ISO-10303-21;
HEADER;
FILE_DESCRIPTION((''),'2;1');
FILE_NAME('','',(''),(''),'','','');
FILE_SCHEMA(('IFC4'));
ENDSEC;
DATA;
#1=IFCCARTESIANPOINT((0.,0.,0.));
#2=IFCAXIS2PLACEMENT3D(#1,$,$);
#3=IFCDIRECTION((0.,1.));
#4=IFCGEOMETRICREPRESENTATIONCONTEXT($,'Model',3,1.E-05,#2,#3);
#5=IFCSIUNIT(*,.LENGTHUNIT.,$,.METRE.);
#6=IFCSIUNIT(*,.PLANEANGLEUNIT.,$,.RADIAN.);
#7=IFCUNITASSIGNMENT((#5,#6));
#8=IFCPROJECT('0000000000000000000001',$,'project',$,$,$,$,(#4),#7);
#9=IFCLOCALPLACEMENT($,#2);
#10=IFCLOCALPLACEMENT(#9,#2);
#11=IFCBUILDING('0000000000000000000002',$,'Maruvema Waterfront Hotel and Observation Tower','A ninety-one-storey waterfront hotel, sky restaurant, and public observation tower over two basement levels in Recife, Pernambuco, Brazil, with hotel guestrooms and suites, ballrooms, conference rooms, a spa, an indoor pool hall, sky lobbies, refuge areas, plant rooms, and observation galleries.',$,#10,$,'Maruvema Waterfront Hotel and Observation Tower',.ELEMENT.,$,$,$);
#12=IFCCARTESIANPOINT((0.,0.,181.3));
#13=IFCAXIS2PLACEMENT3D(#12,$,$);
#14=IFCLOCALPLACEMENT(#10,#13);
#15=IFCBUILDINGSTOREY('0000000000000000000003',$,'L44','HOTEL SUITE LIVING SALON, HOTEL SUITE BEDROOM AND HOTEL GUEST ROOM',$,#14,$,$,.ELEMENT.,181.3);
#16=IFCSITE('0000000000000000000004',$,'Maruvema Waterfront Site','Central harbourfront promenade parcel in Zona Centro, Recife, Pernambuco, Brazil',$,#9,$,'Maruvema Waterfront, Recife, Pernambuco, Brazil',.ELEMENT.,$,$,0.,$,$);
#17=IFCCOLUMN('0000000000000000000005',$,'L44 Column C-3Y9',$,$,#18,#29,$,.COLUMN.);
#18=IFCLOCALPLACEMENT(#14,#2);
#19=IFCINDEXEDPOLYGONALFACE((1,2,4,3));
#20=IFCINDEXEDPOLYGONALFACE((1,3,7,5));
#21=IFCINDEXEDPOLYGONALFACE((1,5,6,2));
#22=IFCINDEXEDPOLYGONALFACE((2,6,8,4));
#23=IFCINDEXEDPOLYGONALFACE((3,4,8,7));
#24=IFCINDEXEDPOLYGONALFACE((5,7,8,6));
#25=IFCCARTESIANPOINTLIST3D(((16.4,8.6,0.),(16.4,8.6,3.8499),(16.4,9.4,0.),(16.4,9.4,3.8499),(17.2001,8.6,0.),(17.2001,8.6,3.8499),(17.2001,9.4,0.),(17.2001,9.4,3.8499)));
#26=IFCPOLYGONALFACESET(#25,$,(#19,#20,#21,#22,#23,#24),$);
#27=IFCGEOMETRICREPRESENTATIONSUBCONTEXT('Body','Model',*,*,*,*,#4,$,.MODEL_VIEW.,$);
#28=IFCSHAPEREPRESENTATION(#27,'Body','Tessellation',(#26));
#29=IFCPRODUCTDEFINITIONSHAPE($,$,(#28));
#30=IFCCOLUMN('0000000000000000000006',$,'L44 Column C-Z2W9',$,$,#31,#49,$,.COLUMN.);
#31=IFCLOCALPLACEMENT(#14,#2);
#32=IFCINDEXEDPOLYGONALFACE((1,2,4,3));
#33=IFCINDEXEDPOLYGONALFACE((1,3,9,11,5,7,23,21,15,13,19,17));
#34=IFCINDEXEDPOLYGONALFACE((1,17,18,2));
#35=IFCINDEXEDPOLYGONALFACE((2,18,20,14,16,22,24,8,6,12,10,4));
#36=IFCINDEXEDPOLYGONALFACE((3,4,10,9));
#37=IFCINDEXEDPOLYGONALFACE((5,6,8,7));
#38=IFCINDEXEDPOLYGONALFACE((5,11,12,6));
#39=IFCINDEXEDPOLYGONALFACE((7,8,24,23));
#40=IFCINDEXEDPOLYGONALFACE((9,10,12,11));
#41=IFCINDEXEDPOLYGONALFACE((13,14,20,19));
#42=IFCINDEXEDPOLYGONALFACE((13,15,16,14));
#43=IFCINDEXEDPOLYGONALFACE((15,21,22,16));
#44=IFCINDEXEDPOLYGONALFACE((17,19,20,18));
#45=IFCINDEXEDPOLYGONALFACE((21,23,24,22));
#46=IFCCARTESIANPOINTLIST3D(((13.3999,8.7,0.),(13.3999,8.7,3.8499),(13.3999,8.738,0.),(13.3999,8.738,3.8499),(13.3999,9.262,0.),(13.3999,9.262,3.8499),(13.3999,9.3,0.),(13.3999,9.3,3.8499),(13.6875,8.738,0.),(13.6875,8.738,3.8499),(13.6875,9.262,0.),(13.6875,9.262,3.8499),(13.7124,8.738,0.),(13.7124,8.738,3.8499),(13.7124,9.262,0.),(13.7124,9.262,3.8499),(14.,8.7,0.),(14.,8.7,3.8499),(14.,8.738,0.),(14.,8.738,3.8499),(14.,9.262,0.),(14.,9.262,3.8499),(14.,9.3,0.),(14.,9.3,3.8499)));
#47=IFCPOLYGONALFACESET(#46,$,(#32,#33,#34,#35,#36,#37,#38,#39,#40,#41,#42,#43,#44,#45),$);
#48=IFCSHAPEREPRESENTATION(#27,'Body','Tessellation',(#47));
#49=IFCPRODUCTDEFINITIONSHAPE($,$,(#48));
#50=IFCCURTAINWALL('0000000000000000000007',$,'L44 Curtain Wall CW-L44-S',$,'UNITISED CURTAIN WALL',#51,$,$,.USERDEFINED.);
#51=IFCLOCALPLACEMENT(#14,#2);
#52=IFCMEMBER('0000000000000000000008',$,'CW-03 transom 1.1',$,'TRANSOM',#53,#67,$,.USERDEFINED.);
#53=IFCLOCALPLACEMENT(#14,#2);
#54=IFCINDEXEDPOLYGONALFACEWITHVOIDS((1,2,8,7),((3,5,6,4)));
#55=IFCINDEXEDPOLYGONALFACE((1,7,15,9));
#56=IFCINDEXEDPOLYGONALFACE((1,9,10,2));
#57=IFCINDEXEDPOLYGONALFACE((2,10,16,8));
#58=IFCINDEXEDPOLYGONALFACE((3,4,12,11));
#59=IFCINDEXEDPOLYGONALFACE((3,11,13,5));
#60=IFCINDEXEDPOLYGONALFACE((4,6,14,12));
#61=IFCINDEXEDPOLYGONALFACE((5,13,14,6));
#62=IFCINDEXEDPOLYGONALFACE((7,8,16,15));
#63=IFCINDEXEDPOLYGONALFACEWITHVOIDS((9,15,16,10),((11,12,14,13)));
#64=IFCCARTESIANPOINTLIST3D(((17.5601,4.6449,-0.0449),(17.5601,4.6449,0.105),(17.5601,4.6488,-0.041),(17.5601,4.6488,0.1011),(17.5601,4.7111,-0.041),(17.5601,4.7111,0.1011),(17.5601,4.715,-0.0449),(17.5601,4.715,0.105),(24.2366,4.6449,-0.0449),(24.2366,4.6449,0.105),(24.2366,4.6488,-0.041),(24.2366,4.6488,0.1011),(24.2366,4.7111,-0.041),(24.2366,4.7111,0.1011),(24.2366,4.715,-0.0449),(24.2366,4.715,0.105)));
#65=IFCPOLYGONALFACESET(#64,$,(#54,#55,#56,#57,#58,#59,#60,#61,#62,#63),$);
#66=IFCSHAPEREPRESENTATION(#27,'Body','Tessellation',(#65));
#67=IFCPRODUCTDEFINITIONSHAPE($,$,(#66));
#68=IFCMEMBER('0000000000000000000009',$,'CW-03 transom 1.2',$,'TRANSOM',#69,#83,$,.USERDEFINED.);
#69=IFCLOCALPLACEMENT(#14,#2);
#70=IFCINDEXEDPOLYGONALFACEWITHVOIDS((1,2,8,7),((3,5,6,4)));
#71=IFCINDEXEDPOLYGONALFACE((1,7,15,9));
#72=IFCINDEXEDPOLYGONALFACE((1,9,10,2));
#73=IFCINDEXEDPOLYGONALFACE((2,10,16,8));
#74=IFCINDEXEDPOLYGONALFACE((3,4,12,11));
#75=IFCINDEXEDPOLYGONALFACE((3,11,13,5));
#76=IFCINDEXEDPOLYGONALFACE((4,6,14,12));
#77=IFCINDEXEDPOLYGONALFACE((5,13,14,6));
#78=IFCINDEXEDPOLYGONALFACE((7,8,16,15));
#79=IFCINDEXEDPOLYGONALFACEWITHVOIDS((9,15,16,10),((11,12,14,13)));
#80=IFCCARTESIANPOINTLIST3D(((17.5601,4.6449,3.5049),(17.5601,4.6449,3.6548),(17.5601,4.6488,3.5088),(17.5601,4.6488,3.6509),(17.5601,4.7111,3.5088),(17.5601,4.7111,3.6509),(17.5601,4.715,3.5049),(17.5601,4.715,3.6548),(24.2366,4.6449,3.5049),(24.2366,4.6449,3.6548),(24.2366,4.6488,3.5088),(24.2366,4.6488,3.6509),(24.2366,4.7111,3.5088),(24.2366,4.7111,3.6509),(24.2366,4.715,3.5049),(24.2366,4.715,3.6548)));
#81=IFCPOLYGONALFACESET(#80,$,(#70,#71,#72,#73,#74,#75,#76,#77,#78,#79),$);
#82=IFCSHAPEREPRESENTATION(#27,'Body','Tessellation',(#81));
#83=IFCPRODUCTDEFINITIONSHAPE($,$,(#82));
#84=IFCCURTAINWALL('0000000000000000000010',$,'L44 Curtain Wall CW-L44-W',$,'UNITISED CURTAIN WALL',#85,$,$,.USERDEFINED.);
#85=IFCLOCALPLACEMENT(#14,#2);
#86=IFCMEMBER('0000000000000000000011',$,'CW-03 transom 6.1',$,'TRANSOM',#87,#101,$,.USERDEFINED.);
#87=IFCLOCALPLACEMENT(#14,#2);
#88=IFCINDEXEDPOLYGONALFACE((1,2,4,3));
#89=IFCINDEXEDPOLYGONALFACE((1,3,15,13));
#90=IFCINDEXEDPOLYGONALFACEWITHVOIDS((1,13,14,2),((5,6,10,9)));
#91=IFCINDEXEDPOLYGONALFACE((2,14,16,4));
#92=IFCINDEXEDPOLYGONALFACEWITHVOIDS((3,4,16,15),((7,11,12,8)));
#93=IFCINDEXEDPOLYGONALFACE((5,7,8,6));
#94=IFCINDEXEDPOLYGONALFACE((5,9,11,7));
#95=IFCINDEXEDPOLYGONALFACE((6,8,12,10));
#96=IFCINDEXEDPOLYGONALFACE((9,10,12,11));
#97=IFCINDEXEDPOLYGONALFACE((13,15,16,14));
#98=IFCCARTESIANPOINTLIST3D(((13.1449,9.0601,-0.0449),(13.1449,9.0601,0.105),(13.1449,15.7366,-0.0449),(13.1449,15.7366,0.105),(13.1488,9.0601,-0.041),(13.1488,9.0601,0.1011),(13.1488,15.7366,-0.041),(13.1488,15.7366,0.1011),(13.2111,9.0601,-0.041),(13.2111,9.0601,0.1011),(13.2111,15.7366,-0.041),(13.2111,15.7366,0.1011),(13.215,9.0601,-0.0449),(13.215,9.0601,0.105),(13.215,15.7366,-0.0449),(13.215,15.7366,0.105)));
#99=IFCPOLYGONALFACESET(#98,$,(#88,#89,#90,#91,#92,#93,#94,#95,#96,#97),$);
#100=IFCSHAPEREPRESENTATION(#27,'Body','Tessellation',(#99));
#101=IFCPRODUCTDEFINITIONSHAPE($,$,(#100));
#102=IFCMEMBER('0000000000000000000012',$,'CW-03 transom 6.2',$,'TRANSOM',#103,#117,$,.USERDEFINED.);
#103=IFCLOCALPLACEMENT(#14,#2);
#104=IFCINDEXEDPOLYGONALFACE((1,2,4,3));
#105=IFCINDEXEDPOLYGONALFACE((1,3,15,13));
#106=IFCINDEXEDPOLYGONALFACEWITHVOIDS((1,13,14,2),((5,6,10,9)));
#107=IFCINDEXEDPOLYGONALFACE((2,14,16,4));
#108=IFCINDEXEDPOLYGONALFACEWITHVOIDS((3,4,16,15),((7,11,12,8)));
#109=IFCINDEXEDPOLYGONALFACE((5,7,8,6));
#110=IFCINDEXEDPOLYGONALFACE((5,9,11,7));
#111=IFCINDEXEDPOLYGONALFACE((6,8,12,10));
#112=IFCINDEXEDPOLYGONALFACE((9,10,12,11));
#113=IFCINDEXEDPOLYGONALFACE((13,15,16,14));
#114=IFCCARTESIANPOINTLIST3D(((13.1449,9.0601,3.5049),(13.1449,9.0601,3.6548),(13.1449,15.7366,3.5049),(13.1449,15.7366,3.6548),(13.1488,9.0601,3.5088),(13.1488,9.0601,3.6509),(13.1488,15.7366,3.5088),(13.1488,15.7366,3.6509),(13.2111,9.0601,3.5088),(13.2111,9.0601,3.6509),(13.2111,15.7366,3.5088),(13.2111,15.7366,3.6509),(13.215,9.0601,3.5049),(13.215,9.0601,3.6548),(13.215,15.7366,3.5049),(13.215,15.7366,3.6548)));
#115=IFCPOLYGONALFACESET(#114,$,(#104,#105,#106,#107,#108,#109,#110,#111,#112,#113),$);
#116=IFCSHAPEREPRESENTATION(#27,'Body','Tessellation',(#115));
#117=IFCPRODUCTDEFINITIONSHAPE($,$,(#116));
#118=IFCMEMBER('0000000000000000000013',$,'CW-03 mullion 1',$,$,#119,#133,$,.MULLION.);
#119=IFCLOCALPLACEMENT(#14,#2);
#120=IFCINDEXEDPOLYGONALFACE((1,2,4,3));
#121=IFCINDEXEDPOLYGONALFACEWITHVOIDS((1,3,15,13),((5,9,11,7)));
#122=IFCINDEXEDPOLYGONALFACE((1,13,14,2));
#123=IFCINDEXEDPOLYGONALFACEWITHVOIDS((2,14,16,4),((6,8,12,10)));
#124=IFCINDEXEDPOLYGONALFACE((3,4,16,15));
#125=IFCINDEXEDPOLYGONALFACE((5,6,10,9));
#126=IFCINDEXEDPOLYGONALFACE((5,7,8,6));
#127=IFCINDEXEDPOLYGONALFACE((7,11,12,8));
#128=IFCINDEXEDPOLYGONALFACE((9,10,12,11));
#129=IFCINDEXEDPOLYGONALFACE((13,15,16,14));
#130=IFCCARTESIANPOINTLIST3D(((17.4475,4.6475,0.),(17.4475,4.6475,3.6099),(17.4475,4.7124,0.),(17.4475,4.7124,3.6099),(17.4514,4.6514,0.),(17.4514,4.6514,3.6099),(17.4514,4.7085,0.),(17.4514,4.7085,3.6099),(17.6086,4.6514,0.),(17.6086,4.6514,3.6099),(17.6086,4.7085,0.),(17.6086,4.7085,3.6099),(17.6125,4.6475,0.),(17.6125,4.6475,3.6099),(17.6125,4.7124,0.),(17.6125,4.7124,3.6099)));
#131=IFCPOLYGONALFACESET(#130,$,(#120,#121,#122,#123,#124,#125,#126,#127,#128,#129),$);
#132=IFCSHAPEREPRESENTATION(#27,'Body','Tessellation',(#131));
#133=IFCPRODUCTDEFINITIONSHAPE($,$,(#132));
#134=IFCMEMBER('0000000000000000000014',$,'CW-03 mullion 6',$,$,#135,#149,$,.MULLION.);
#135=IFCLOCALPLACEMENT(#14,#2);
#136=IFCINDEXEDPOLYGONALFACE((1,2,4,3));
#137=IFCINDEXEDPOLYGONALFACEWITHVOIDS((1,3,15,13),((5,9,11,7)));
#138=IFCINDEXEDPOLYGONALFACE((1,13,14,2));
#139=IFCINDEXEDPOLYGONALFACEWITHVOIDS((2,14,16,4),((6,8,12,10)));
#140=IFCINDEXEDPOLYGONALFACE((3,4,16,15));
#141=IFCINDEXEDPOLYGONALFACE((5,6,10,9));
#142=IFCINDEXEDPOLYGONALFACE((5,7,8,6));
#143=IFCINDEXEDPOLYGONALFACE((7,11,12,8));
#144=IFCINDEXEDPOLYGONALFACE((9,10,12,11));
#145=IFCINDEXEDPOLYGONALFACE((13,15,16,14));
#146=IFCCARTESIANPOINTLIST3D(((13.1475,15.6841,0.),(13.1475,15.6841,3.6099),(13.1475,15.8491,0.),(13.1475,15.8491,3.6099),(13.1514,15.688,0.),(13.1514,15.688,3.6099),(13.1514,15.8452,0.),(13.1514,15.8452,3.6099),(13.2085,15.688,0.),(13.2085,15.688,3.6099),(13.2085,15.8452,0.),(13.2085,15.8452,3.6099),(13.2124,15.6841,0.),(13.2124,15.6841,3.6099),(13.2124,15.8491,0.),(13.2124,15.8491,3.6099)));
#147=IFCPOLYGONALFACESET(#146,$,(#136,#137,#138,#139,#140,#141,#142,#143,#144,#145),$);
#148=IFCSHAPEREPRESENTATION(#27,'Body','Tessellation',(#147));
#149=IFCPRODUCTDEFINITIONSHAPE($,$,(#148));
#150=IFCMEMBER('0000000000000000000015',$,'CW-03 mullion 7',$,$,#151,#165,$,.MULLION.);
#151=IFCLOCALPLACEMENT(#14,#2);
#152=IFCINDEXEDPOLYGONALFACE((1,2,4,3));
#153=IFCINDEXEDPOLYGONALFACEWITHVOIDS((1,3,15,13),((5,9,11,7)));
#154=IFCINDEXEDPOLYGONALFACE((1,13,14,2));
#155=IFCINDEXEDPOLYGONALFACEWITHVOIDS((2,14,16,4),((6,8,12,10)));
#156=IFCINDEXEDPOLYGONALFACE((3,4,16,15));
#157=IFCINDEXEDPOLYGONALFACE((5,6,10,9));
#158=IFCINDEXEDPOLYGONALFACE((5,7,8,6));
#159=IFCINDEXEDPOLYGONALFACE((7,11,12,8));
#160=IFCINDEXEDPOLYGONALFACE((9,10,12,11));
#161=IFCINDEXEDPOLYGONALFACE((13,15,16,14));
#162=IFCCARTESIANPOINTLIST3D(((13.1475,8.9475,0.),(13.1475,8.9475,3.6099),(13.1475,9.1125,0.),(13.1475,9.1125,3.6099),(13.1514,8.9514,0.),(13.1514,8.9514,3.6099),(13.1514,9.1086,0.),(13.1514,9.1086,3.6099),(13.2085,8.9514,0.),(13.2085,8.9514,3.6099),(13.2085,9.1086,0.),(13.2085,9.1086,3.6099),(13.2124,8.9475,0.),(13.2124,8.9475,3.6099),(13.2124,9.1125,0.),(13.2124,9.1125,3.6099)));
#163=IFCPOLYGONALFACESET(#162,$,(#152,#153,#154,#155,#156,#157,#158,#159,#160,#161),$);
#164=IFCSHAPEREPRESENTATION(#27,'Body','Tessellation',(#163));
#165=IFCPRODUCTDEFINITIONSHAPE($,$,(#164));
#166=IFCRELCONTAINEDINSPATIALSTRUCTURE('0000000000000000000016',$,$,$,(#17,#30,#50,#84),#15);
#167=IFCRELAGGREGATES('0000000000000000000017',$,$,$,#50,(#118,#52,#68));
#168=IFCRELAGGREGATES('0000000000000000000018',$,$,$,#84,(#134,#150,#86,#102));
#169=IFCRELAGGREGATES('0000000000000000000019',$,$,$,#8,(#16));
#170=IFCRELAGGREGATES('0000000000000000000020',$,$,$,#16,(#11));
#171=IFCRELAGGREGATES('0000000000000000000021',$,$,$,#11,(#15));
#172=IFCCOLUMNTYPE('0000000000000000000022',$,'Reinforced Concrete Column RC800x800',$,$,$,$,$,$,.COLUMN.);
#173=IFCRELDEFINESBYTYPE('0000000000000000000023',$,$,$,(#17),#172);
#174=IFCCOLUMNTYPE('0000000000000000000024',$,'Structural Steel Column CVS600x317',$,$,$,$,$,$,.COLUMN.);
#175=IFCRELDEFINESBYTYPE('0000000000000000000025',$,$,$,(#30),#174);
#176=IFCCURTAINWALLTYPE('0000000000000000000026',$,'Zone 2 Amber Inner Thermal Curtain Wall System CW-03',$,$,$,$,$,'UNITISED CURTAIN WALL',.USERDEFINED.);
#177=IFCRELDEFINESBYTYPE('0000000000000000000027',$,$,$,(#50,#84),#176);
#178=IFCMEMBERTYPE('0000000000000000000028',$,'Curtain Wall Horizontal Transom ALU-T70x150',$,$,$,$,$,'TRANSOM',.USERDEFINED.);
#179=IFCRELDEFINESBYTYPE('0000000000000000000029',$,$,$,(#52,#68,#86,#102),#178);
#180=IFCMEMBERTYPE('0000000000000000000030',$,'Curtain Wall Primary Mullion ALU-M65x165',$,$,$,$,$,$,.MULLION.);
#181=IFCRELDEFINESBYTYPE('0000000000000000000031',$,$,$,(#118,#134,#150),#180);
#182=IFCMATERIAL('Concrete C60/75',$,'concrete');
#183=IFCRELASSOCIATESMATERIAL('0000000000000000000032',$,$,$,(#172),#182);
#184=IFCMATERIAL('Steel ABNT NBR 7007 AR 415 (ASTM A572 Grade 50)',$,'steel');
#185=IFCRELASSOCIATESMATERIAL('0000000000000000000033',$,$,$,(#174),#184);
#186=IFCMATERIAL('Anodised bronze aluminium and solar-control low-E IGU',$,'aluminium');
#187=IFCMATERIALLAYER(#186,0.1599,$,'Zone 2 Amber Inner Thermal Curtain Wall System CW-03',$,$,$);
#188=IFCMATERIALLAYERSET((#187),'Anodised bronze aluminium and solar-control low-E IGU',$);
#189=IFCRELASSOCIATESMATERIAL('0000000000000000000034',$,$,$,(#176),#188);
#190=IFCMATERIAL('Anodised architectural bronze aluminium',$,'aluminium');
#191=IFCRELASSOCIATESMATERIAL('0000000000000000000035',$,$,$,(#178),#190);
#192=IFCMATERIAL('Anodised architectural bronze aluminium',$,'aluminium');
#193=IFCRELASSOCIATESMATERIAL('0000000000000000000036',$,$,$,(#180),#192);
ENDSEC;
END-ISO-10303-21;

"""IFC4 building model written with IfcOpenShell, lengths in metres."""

from ifc_helpers import new_model, si_unit, direction, frame, origin, origin_2d, place, context, subcontext, project, spatial, rectangle, hollow_rectangle, i_section, extrude, material, layer, layer_set, material_profile, profile_set, type_object, element, aggregate, save


model = new_model("IFC4")

# Units and contexts
model_context = context("Model", 3, precision=1e-05, world=origin(), true_north=direction((0.0, 1.0)))
body_context = subcontext(model_context, "Body", "Model", "MODEL_VIEW")
ifc_project = project(units=[si_unit("LENGTHUNIT", "METRE"), si_unit("PLANEANGLEUNIT", "RADIAN")], contexts=[model_context])

# Site, building, storey
site_placement = place(None, origin())
site = spatial("IfcSite", under=ifc_project, at=site_placement, Name="Maruvema Waterfront Site", Description="Central harbourfront promenade parcel in Zona Centro, Recife, Pernambuco, Brazil", LongName="Maruvema Waterfront, Recife, Pernambuco, Brazil", CompositionType="ELEMENT", RefElevation=0.0)
building_placement = place(site_placement, origin())
building = spatial("IfcBuilding", under=site, at=building_placement, Name="Maruvema Waterfront Hotel and Observation Tower", Description="A ninety-one-storey waterfront hotel, sky restaurant, and public observation tower over two basement levels in Recife, Pernambuco, Brazil, with hotel guestrooms and suites, ballrooms, conference rooms, a spa, an indoor pool hall, sky lobbies, refuge areas, plant rooms, and observation galleries.", LongName="Maruvema Waterfront Hotel and Observation Tower", CompositionType="ELEMENT")
storey_placement = place(building_placement, frame((0.0, 0.0, 181.3)))
storey = spatial("IfcBuildingStorey", under=building, at=storey_placement, Name="L44", Description="HOTEL SUITE LIVING SALON, HOTEL SUITE BEDROOM AND HOTEL GUEST ROOM", CompositionType="ELEMENT", Elevation=181.3)

# Columns
ifc_material_1 = material(Name="Concrete C60/75", Category="concrete")
ifc_material_profile_1 = material_profile(ifc_material_1, rectangle(XDim=0.8, YDim=0.8, at=origin_2d()), Name="RC800x800")
ifc_profile_set_1 = profile_set([ifc_material_profile_1], Name="Concrete C60/75")
column_type_1 = type_object("IfcColumnType", Name="Reinforced Concrete Column RC800x800", PredefinedType="COLUMN", material=ifc_profile_set_1)
column_1_placement = place(storey_placement, frame((16.8, 9.0, 0.0), z_axis=(0.0, 0.0, 1.0), x_axis=(1.0, 0.0, 0.0)))
element("IfcColumn", 1, at=column_1_placement, inside=storey, type_object=column_type_1, Name="L44 Column C-3Y9", PredefinedType="COLUMN", context=body_context, shape_type="SweptSolid", body=[
    extrude(rectangle(XDim=0.8, YDim=0.8, at=origin_2d()), origin(), (0.0, 0.0, 1.0), 3.8499),
])
ifc_material_2 = material(Name="Steel ABNT NBR 7007 AR 415 (ASTM A572 Grade 50)", Category="steel")
ifc_material_profile_2 = material_profile(ifc_material_2, i_section(OverallWidth=0.6001, OverallDepth=0.6001, WebThickness=0.0249, FlangeThickness=0.0381, at=origin_2d()), Name="CVS600x317")
ifc_profile_set_2 = profile_set([ifc_material_profile_2], Name="Steel ABNT NBR 7007 AR 415 (ASTM A572 Grade 50)")
column_type_2 = type_object("IfcColumnType", Name="Structural Steel Column CVS600x317", PredefinedType="COLUMN", material=ifc_profile_set_2)
column_2_placement = place(storey_placement, frame((13.7, 9.0, 0.0), z_axis=(0.0, 0.0, 1.0), x_axis=(1.0, 0.0, 0.0)))
element("IfcColumn", 2, at=column_2_placement, inside=storey, type_object=column_type_2, Name="L44 Column C-Z2W9", PredefinedType="COLUMN", context=body_context, shape_type="SweptSolid", body=[
    extrude(i_section(OverallWidth=0.6001, OverallDepth=0.6001, WebThickness=0.0249, FlangeThickness=0.0381, at=origin_2d()), origin(), (0.0, 0.0, 1.0), 3.8499),
])

# Curtain walls, members
ifc_material_3 = material(Name="Anodised bronze aluminium and solar-control low-E IGU", Category="aluminium")
ifc_layer_1 = layer(ifc_material_3, 0.1599, Name="Zone 2 Amber Inner Thermal Curtain Wall System CW-03")
ifc_layer_set_1 = layer_set([ifc_layer_1], Name="Anodised bronze aluminium and solar-control low-E IGU")
curtain_wall_type = type_object("IfcCurtainWallType", Name="Zone 2 Amber Inner Thermal Curtain Wall System CW-03", ElementType="UNITISED CURTAIN WALL", PredefinedType="USERDEFINED", material=ifc_layer_set_1)
curtain_wall_1_placement = place(storey_placement, origin())
curtain_wall_1 = element("IfcCurtainWall", 3, at=curtain_wall_1_placement, inside=storey, type_object=curtain_wall_type, Name="L44 Curtain Wall CW-L44-S", ObjectType="UNITISED CURTAIN WALL", PredefinedType="USERDEFINED")
ifc_material_4 = material(Name="Anodised architectural bronze aluminium", Category="aluminium")
ifc_material_profile_3 = material_profile(ifc_material_4, hollow_rectangle(XDim=0.0701, YDim=0.1499, WallThickness=0.0039, at=origin_2d()), Name="ALU-T70x150")
ifc_profile_set_3 = profile_set([ifc_material_profile_3], Name="Anodised architectural bronze aluminium")
member_type_1 = type_object("IfcMemberType", Name="Curtain Wall Horizontal Transom ALU-T70x150", ElementType="TRANSOM", PredefinedType="USERDEFINED", material=ifc_profile_set_3)
member_1_placement = place(storey_placement, frame((17.5601, 4.6799, 0.03), z_axis=(1.0, 0.0, 0.0), x_axis=(0.0, 1.0, 0.0)))
member_1 = element("IfcMember", 4, at=member_1_placement, type_object=member_type_1, Name="CW-03 transom 1.1", ObjectType="TRANSOM", PredefinedType="USERDEFINED", context=body_context, shape_type="SweptSolid", body=[
    extrude(hollow_rectangle(XDim=0.0701, YDim=0.1499, WallThickness=0.0039, at=origin_2d()), origin(), (0.0, 0.0, 1.0), 6.6765),
])
member_2_placement = place(storey_placement, frame((17.5601, 4.6799, 3.5798), z_axis=(1.0, 0.0, 0.0), x_axis=(0.0, 1.0, 0.0)))
member_2 = element("IfcMember", 5, at=member_2_placement, type_object=member_type_1, Name="CW-03 transom 1.2", ObjectType="TRANSOM", PredefinedType="USERDEFINED", context=body_context, shape_type="SweptSolid", body=[
    extrude(hollow_rectangle(XDim=0.0701, YDim=0.1499, WallThickness=0.0039, at=origin_2d()), origin(), (0.0, 0.0, 1.0), 6.6765),
])
curtain_wall_2_placement = place(storey_placement, origin())
curtain_wall_2 = element("IfcCurtainWall", 6, at=curtain_wall_2_placement, inside=storey, type_object=curtain_wall_type, Name="L44 Curtain Wall CW-L44-W", ObjectType="UNITISED CURTAIN WALL", PredefinedType="USERDEFINED")
member_3_placement = place(storey_placement, frame((13.1799, 15.7366, 0.03), z_axis=(0.0, -1.0, 0.0), x_axis=(1.0, 0.0, 0.0)))
member_3 = element("IfcMember", 7, at=member_3_placement, type_object=member_type_1, Name="CW-03 transom 6.1", ObjectType="TRANSOM", PredefinedType="USERDEFINED", context=body_context, shape_type="SweptSolid", body=[
    extrude(hollow_rectangle(XDim=0.0701, YDim=0.1499, WallThickness=0.0039, at=origin_2d()), origin(), (0.0, 0.0, 1.0), 6.6765),
])
member_4_placement = place(storey_placement, frame((13.1799, 15.7366, 3.5798), z_axis=(0.0, -1.0, 0.0), x_axis=(1.0, 0.0, 0.0)))
member_4 = element("IfcMember", 8, at=member_4_placement, type_object=member_type_1, Name="CW-03 transom 6.2", ObjectType="TRANSOM", PredefinedType="USERDEFINED", context=body_context, shape_type="SweptSolid", body=[
    extrude(hollow_rectangle(XDim=0.0701, YDim=0.1499, WallThickness=0.0039, at=origin_2d()), origin(), (0.0, 0.0, 1.0), 6.6765),
])

# Members
ifc_material_5 = material(Name="Anodised architectural bronze aluminium", Category="aluminium")
ifc_material_profile_4 = material_profile(ifc_material_5, hollow_rectangle(XDim=0.0649, YDim=0.165, WallThickness=0.0039, at=origin_2d()), Name="ALU-M65x165")
ifc_profile_set_4 = profile_set([ifc_material_profile_4], Name="Anodised architectural bronze aluminium")
member_type_2 = type_object("IfcMemberType", Name="Curtain Wall Primary Mullion ALU-M65x165", PredefinedType="MULLION", material=ifc_profile_set_4)
member_5_placement = place(storey_placement, frame((17.53, 4.6799, 0.0), z_axis=(0.0, 0.0, 1.0), x_axis=(0.0, 1.0, 0.0)))
member_5 = element("IfcMember", 9, at=member_5_placement, type_object=member_type_2, Name="CW-03 mullion 1", PredefinedType="MULLION", context=body_context, shape_type="SweptSolid", body=[
    extrude(hollow_rectangle(XDim=0.0649, YDim=0.165, WallThickness=0.0039, at=origin_2d()), origin(), (0.0, 0.0, 1.0), 3.6099),
])
member_6_placement = place(storey_placement, frame((13.1799, 15.7666, 0.0), z_axis=(0.0, 0.0, 1.0), x_axis=(1.0, 0.0, 0.0)))
member_6 = element("IfcMember", 10, at=member_6_placement, type_object=member_type_2, Name="CW-03 mullion 6", PredefinedType="MULLION", context=body_context, shape_type="SweptSolid", body=[
    extrude(hollow_rectangle(XDim=0.0649, YDim=0.165, WallThickness=0.0039, at=origin_2d()), origin(), (0.0, 0.0, 1.0), 3.6099),
])
member_7_placement = place(storey_placement, frame((13.1799, 9.03, 0.0), z_axis=(0.0, 0.0, 1.0), x_axis=(1.0, 0.0, 0.0)))
member_7 = element("IfcMember", 11, at=member_7_placement, type_object=member_type_2, Name="CW-03 mullion 7", PredefinedType="MULLION", context=body_context, shape_type="SweptSolid", body=[
    extrude(hollow_rectangle(XDim=0.0649, YDim=0.165, WallThickness=0.0039, at=origin_2d()), origin(), (0.0, 0.0, 1.0), 3.6099),
])

aggregate(curtain_wall_1, [member_5, member_1, member_2])
aggregate(curtain_wall_2, [member_6, member_7, member_3, member_4])

save(model, "model.ifc")
